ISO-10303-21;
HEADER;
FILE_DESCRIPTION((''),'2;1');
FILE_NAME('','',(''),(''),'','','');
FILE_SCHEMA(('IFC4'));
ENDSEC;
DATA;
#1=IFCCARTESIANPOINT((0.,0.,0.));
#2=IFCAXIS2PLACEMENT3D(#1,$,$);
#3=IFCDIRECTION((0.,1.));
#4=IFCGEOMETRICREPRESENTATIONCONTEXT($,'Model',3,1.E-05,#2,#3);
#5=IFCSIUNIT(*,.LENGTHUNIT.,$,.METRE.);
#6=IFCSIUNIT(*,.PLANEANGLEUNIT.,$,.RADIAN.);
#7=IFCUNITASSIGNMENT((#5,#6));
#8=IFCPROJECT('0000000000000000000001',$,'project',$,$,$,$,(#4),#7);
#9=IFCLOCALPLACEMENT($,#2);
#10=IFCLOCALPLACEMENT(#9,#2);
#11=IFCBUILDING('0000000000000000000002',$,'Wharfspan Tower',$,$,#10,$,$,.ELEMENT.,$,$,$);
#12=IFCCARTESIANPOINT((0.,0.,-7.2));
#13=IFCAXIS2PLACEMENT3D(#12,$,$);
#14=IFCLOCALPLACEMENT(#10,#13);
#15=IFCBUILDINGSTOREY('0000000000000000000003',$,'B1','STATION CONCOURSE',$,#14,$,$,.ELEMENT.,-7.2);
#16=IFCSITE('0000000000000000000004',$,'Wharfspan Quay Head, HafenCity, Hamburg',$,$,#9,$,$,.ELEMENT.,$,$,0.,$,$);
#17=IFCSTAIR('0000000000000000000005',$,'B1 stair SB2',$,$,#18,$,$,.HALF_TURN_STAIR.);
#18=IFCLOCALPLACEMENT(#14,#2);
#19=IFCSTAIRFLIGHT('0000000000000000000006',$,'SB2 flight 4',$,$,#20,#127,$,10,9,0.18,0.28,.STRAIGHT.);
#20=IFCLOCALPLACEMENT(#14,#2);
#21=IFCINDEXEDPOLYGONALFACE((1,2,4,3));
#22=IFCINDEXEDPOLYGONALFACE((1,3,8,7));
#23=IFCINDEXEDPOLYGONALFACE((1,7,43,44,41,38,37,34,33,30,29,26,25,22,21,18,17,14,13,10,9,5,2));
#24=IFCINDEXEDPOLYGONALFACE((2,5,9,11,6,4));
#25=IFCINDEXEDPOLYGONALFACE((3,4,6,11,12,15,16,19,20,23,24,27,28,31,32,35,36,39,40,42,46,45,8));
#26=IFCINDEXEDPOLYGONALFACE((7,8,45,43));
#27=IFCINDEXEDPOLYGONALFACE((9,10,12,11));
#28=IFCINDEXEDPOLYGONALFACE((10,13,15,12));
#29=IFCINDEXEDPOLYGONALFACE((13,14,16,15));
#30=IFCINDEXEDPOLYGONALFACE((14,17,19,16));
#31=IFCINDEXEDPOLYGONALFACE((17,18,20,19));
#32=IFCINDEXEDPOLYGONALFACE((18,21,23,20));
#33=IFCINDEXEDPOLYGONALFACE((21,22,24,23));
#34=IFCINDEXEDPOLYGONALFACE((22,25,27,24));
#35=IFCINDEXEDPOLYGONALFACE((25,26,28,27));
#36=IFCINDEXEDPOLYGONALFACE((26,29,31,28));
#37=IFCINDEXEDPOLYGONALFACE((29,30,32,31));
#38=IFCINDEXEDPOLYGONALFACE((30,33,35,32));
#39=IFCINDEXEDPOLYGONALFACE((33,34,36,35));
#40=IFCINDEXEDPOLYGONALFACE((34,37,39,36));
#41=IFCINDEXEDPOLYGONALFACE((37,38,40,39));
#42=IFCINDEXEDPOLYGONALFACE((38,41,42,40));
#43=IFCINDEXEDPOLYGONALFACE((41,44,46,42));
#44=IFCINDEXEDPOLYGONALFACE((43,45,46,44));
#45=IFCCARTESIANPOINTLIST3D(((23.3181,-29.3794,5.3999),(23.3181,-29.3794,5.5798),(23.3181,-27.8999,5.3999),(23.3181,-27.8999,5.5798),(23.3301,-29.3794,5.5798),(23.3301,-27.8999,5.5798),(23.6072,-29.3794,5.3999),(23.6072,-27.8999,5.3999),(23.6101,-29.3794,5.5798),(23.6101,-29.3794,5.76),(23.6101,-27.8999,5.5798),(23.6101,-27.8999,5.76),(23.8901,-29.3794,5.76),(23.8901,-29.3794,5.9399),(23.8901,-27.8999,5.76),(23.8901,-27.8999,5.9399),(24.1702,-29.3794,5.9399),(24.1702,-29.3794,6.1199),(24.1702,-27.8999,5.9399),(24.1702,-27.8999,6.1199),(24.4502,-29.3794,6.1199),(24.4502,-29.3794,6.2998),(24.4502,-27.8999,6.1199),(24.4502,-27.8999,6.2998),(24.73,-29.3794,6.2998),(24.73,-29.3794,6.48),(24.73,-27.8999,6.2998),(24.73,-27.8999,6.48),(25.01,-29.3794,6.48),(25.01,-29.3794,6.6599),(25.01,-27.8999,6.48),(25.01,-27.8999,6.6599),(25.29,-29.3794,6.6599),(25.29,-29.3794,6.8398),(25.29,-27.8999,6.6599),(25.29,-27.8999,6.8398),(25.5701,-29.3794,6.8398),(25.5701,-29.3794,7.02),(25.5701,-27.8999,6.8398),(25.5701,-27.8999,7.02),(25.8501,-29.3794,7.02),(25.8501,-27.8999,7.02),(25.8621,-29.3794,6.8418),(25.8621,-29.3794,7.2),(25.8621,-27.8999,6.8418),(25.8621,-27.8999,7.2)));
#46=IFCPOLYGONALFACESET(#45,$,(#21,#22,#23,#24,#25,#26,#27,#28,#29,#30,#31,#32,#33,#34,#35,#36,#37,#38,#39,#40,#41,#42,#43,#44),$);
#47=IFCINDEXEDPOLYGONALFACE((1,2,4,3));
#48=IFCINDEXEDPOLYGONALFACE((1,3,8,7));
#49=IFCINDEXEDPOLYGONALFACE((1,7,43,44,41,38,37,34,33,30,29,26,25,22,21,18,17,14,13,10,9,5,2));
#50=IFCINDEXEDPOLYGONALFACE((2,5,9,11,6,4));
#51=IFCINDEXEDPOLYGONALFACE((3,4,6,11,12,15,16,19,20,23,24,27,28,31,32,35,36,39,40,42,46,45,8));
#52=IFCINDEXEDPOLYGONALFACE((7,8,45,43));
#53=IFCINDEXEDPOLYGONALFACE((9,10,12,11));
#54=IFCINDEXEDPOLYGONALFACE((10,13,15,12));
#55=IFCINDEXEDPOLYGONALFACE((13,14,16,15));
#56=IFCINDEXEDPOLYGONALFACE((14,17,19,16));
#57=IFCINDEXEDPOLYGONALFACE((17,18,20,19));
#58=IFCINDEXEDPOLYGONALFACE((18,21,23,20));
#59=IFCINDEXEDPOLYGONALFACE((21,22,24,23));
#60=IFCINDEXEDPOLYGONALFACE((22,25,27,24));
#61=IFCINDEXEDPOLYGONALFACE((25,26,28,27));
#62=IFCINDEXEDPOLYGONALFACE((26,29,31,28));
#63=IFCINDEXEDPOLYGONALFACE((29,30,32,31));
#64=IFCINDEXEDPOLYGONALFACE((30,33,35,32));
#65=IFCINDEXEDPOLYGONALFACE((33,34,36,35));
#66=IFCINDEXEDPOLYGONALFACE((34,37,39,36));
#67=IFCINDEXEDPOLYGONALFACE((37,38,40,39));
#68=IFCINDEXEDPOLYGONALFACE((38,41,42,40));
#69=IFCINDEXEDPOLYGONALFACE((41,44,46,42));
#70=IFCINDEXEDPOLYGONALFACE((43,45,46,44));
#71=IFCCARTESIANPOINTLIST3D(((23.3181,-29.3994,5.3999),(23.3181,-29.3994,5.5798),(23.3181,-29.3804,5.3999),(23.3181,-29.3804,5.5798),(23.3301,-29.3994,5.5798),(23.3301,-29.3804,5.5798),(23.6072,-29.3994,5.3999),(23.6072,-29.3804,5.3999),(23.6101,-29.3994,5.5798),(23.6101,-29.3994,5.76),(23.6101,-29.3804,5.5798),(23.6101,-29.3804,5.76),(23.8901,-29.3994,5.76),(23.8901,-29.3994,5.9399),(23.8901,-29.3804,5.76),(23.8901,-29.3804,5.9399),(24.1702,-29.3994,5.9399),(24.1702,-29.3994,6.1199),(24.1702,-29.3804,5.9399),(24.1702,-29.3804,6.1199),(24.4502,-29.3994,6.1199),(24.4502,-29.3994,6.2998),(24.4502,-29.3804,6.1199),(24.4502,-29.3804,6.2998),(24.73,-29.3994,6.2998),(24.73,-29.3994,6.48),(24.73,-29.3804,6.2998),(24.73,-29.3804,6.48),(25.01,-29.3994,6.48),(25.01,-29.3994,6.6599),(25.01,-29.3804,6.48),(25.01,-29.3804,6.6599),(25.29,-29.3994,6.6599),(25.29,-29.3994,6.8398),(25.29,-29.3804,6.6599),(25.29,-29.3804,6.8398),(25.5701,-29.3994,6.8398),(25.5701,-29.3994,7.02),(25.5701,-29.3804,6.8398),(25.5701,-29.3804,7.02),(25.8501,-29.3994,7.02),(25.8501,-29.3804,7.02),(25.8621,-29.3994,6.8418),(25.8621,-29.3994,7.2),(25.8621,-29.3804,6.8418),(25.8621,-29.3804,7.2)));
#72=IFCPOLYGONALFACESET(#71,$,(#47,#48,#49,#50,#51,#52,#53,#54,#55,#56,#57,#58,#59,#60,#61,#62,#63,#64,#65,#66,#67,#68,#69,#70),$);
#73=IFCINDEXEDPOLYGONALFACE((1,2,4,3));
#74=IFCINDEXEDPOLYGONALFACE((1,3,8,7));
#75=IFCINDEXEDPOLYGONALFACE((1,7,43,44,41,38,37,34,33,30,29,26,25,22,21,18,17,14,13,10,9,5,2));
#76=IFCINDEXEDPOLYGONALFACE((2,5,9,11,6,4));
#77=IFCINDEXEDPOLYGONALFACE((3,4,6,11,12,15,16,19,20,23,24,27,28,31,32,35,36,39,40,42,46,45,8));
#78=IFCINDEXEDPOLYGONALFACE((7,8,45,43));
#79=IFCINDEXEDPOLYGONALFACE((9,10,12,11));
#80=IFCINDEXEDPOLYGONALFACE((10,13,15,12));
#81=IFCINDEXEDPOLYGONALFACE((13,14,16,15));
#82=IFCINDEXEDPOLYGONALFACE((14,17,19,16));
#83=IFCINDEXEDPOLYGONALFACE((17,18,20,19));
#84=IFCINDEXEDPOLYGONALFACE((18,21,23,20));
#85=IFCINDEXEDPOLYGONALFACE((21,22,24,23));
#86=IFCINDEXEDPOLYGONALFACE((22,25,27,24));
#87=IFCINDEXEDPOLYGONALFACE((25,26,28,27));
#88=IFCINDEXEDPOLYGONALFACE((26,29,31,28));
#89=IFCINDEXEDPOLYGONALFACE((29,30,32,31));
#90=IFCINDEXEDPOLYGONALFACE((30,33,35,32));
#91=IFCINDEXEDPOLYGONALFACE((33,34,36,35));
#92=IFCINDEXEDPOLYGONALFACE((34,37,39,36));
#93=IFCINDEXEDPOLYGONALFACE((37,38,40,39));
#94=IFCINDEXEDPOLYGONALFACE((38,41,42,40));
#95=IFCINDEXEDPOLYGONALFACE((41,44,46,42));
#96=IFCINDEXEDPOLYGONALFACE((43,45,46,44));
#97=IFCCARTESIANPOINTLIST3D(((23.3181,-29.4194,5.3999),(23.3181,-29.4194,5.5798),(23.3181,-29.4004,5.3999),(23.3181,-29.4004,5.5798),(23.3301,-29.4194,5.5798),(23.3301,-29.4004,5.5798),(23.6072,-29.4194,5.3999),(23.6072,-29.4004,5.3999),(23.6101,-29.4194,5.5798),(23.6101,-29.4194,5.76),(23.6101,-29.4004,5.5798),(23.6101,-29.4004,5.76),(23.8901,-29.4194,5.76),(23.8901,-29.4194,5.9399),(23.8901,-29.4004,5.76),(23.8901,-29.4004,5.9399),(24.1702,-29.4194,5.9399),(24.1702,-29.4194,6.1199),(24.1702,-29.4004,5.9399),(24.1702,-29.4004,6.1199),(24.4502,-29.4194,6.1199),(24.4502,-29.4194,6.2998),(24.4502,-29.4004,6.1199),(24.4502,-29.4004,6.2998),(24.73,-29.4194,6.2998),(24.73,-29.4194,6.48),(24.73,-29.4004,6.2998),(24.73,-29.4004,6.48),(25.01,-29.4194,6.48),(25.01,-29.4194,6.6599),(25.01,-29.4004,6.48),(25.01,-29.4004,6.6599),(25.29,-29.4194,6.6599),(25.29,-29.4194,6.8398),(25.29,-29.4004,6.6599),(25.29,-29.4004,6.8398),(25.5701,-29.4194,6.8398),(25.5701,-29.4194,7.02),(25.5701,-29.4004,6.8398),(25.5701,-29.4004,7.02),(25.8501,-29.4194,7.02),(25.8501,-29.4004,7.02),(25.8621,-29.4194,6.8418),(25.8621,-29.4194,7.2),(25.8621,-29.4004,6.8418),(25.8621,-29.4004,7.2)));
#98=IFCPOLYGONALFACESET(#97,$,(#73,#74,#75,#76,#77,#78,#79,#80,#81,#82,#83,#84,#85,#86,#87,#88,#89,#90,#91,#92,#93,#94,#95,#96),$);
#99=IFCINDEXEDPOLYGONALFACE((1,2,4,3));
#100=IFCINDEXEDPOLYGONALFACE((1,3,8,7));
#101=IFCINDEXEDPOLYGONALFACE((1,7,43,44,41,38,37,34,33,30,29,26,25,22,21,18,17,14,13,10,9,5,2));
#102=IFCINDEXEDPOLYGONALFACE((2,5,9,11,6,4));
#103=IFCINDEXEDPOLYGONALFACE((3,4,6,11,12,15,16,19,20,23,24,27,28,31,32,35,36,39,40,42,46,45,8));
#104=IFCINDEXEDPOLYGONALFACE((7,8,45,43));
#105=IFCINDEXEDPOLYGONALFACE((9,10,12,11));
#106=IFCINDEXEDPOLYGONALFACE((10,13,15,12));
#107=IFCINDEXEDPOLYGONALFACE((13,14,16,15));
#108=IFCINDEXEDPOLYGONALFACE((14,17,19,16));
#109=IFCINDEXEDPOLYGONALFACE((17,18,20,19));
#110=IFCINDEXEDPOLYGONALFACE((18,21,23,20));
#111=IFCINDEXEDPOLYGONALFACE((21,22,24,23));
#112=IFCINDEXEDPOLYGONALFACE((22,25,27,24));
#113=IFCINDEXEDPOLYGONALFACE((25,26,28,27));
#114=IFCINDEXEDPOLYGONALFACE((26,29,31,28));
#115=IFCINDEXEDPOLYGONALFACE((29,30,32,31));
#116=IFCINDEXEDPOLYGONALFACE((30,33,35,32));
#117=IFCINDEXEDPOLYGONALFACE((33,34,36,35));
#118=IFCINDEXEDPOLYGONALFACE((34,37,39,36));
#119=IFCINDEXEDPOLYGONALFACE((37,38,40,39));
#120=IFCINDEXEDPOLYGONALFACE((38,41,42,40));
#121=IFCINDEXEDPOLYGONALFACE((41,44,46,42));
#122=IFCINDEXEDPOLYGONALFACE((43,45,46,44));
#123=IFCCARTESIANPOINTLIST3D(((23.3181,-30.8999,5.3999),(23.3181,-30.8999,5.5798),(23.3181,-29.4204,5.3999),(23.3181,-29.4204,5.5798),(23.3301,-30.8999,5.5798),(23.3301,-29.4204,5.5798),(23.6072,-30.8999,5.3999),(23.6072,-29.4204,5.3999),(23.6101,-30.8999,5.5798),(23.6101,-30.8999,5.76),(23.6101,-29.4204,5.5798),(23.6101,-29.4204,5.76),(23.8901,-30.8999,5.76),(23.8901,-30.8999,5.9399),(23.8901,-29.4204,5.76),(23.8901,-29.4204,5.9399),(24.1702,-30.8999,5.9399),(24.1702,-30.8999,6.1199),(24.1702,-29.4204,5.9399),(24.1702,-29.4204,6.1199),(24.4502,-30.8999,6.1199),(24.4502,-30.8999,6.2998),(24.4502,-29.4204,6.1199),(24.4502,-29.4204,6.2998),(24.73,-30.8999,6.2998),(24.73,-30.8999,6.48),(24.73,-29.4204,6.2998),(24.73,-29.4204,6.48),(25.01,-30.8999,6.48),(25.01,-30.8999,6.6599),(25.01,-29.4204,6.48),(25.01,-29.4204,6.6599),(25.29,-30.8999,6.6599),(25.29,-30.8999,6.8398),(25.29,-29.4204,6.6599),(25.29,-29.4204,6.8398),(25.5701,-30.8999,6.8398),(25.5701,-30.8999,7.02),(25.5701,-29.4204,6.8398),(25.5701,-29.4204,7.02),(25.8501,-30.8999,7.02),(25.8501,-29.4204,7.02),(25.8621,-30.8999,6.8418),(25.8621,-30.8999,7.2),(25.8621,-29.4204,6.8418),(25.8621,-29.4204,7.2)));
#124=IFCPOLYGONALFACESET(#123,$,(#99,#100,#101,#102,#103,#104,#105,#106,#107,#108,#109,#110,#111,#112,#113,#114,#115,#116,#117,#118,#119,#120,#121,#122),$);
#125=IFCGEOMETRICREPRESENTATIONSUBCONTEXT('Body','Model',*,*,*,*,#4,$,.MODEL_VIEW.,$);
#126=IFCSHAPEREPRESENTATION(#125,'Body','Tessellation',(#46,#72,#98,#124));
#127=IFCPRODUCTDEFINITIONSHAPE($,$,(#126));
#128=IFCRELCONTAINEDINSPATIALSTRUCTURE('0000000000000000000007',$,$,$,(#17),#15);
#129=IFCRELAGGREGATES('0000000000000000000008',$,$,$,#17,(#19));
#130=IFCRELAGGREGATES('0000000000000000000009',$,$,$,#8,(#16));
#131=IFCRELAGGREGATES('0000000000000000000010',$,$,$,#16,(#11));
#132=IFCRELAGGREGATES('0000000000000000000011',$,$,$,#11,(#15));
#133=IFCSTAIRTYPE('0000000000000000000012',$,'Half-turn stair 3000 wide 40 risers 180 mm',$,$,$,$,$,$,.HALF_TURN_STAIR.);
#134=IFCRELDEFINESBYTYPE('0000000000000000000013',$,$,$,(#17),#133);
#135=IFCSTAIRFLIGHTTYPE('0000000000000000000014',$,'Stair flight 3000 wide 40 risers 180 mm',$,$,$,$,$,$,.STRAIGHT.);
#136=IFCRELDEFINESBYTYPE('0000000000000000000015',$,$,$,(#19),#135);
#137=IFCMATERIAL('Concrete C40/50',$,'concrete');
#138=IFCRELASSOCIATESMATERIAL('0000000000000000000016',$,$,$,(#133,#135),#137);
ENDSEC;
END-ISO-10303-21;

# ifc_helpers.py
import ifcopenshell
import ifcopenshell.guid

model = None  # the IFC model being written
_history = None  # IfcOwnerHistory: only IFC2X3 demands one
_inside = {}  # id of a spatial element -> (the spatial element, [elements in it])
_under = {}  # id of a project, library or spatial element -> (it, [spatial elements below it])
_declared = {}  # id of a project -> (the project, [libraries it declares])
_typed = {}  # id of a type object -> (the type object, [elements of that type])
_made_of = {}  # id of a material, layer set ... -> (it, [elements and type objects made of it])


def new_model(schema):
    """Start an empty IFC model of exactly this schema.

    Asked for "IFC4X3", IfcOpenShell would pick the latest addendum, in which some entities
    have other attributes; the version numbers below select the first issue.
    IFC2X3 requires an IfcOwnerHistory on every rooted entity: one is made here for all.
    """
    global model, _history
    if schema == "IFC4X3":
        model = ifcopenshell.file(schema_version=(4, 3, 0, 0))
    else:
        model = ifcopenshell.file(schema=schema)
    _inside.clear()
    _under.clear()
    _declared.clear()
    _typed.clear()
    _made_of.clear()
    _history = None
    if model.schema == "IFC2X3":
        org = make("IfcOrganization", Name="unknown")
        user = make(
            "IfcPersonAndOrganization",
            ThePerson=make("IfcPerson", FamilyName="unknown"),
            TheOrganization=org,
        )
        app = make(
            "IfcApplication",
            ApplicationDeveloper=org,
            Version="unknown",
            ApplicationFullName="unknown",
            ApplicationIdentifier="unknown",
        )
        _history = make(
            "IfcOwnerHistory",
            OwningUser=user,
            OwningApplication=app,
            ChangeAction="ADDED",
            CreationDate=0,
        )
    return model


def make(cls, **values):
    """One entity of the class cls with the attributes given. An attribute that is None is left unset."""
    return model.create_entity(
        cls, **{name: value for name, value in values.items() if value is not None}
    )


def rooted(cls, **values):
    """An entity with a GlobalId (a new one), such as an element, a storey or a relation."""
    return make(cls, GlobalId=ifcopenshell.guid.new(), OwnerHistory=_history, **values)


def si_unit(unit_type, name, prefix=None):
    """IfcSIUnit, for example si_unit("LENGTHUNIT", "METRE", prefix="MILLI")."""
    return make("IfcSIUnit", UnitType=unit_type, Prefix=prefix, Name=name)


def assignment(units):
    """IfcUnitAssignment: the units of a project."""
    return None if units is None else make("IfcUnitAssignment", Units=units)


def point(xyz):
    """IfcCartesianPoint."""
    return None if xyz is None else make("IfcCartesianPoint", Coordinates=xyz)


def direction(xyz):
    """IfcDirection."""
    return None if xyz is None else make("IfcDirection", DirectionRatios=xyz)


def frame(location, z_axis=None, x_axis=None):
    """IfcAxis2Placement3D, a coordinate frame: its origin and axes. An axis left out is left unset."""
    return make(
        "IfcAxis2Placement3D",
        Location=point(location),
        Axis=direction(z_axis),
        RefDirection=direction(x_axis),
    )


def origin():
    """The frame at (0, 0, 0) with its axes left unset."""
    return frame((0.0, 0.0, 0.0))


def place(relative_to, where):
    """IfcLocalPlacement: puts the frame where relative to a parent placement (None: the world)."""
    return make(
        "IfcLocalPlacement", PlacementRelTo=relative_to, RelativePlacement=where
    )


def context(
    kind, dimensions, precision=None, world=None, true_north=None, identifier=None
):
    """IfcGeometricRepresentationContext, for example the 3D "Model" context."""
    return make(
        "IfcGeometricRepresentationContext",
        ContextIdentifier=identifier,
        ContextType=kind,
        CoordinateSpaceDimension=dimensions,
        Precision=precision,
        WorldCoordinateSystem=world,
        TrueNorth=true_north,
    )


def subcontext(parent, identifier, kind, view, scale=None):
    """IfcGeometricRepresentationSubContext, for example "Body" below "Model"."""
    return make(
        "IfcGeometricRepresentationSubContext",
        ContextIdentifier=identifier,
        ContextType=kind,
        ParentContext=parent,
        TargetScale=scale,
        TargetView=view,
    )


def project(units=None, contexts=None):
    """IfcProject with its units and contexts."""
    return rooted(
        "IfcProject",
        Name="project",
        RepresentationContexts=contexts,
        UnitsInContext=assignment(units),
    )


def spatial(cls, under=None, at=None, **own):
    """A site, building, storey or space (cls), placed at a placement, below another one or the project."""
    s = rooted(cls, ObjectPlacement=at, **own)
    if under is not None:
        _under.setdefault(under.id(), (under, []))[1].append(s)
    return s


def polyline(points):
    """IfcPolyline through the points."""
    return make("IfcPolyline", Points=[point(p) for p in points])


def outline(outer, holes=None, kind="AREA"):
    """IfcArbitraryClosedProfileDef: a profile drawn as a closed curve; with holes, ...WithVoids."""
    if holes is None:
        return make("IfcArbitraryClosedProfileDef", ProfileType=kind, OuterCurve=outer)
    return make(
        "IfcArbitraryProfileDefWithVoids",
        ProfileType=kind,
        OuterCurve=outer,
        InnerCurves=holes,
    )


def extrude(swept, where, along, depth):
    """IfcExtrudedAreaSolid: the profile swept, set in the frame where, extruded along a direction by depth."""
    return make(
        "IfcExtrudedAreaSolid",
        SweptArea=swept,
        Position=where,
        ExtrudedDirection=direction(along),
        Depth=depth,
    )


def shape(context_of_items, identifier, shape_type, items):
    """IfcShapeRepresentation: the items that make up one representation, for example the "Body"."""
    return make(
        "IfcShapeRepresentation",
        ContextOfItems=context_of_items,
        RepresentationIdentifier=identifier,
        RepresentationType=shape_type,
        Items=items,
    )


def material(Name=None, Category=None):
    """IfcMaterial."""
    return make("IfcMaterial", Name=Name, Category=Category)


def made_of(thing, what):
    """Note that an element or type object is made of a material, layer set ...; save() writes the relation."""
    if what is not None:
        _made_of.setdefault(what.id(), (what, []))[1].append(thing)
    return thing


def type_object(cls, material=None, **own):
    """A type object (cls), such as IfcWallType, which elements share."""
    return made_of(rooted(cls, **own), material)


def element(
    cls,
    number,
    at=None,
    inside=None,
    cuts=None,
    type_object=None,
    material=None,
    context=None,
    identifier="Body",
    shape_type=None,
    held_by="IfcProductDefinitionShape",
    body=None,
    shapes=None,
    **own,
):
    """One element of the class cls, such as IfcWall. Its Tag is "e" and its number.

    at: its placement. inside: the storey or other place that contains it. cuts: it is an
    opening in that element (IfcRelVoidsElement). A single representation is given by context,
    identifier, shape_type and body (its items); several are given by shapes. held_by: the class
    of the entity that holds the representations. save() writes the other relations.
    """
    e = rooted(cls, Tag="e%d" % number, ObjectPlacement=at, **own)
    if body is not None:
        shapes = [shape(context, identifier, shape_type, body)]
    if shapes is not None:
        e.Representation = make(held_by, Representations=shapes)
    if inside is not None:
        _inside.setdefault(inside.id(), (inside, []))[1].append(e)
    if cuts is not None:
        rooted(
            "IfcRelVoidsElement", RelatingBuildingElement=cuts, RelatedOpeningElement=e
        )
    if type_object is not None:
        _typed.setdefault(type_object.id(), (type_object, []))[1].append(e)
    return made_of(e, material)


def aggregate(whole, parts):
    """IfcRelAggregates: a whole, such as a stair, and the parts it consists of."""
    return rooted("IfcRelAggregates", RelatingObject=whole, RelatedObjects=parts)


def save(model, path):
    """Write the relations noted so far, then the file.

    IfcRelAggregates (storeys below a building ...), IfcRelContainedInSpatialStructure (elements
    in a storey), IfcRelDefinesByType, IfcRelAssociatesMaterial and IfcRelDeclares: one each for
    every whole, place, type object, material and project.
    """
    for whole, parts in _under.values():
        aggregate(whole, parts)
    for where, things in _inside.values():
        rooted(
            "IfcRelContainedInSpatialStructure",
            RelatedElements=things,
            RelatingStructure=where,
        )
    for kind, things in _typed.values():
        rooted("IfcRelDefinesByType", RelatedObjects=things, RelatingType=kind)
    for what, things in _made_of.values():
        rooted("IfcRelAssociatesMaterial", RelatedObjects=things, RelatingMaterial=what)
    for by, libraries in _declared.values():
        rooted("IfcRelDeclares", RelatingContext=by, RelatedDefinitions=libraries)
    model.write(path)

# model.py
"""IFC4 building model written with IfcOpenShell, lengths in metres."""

from ifc_helpers import new_model, si_unit, direction, frame, origin, place, context, subcontext, project, spatial, polyline, outline, extrude, material, type_object, element, aggregate, save


model = new_model("IFC4")

# Units and contexts
model_context = context("Model", 3, precision=1e-05, world=origin(), true_north=direction((0.0, 1.0)))
body_context = subcontext(model_context, "Body", "Model", "MODEL_VIEW")
ifc_project = project(units=[si_unit("LENGTHUNIT", "METRE"), si_unit("PLANEANGLEUNIT", "RADIAN")], contexts=[model_context])

# Site, building, storey
site_placement = place(None, origin())
site = spatial("IfcSite", under=ifc_project, at=site_placement, Name="Wharfspan Quay Head, HafenCity, Hamburg", CompositionType="ELEMENT", RefElevation=0.0)
building_placement = place(site_placement, origin())
building = spatial("IfcBuilding", under=site, at=building_placement, Name="Wharfspan Tower", CompositionType="ELEMENT")
storey_placement = place(building_placement, frame((0.0, 0.0, -7.2)))
storey = spatial("IfcBuildingStorey", under=building, at=storey_placement, Name="B1", Description="STATION CONCOURSE", CompositionType="ELEMENT", Elevation=-7.2)

# Shared definitions
ifc_material_1 = material(Name="Concrete C40/50", Category="concrete")

# Stair, stair flight
stair_type = type_object("IfcStairType", Name="Half-turn stair 3000 wide 40 risers 180 mm", PredefinedType="HALF_TURN_STAIR", material=ifc_material_1)
stair_placement = place(storey_placement, origin())
stair = element("IfcStair", 1, at=stair_placement, inside=storey, type_object=stair_type, Name="B1 stair SB2", PredefinedType="HALF_TURN_STAIR")
stair_flight_type = type_object("IfcStairFlightType", Name="Stair flight 3000 wide 40 risers 180 mm", PredefinedType="STRAIGHT", material=ifc_material_1)
stair_flight_1_placement = place(storey_placement, frame((23.3301, -29.3999, 5.3999), z_axis=(0.0, 0.0, 1.0), x_axis=(1.0, 0.0, 0.0)))
stair_flight_1 = element("IfcStairFlight", 2, at=stair_flight_1_placement, type_object=stair_flight_type, Name="SB2 flight 4", NumberOfRisers=10, NumberOfTreads=9, PredefinedType="STRAIGHT", RiserHeight=0.18, TreadLength=0.28, context=body_context, shape_type="SweptSolid", body=[
    extrude(outline(polyline([(-0.012, 0.0), (-0.012, 0.1799), (0.0, 0.1799), (0.28, 0.1799), (0.28, 0.3601), (0.5601, 0.3601), (0.5601, 0.54), (0.8401, 0.54), (0.8401, 0.72), (1.1201, 0.72), (1.1201, 0.8999), (1.3999, 0.8999), (1.3999, 1.0801), (1.6799, 1.0801), (1.6799, 1.26), (1.96, 1.26), (1.96, 1.4399), (2.24, 1.4399), (2.24, 1.6201), (2.52, 1.6201), (2.532, 1.8), (2.532, 1.4419), (0.2771, 0.0), (-0.012, 0.0)])), frame((0.0, 1.5, 0.0), z_axis=(0.0, -1.0, 0.0), x_axis=(1.0, 0.0, 0.0)), (0.0, 0.0, 1.0), 1.4795),
    extrude(outline(polyline([(-0.012, 0.0), (-0.012, 0.1799), (0.0, 0.1799), (0.28, 0.1799), (0.28, 0.3601), (0.5601, 0.3601), (0.5601, 0.54), (0.8401, 0.54), (0.8401, 0.72), (1.1201, 0.72), (1.1201, 0.8999), (1.3999, 0.8999), (1.3999, 1.0801), (1.6799, 1.0801), (1.6799, 1.26), (1.96, 1.26), (1.96, 1.4399), (2.24, 1.4399), (2.24, 1.6201), (2.52, 1.6201), (2.532, 1.8), (2.532, 1.4419), (0.2771, 0.0), (-0.012, 0.0)])), frame((0.0, 0.0195, 0.0), z_axis=(0.0, -1.0, 0.0), x_axis=(1.0, 0.0, 0.0)), (0.0, 0.0, 1.0), 0.019),
    extrude(outline(polyline([(-0.012, 0.0), (-0.012, 0.1799), (0.0, 0.1799), (0.28, 0.1799), (0.28, 0.3601), (0.5601, 0.3601), (0.5601, 0.54), (0.8401, 0.54), (0.8401, 0.72), (1.1201, 0.72), (1.1201, 0.8999), (1.3999, 0.8999), (1.3999, 1.0801), (1.6799, 1.0801), (1.6799, 1.26), (1.96, 1.26), (1.96, 1.4399), (2.24, 1.4399), (2.24, 1.6201), (2.52, 1.6201), (2.532, 1.8), (2.532, 1.4419), (0.2771, 0.0), (-0.012, 0.0)])), frame((0.0, -0.0005, 0.0), z_axis=(0.0, -1.0, 0.0), x_axis=(1.0, 0.0, 0.0)), (0.0, 0.0, 1.0), 0.019),
    extrude(outline(polyline([(-0.012, 0.0), (-0.012, 0.1799), (0.0, 0.1799), (0.28, 0.1799), (0.28, 0.3601), (0.5601, 0.3601), (0.5601, 0.54), (0.8401, 0.54), (0.8401, 0.72), (1.1201, 0.72), (1.1201, 0.8999), (1.3999, 0.8999), (1.3999, 1.0801), (1.6799, 1.0801), (1.6799, 1.26), (1.96, 1.26), (1.96, 1.4399), (2.24, 1.4399), (2.24, 1.6201), (2.52, 1.6201), (2.532, 1.8), (2.532, 1.4419), (0.2771, 0.0), (-0.012, 0.0)])), frame((0.0, -0.0205, 0.0), z_axis=(0.0, -1.0, 0.0), x_axis=(1.0, 0.0, 0.0)), (0.0, 0.0, 1.0), 1.4795),
])
aggregate(stair, [stair_flight_1])

save(model, "model.ifc")
